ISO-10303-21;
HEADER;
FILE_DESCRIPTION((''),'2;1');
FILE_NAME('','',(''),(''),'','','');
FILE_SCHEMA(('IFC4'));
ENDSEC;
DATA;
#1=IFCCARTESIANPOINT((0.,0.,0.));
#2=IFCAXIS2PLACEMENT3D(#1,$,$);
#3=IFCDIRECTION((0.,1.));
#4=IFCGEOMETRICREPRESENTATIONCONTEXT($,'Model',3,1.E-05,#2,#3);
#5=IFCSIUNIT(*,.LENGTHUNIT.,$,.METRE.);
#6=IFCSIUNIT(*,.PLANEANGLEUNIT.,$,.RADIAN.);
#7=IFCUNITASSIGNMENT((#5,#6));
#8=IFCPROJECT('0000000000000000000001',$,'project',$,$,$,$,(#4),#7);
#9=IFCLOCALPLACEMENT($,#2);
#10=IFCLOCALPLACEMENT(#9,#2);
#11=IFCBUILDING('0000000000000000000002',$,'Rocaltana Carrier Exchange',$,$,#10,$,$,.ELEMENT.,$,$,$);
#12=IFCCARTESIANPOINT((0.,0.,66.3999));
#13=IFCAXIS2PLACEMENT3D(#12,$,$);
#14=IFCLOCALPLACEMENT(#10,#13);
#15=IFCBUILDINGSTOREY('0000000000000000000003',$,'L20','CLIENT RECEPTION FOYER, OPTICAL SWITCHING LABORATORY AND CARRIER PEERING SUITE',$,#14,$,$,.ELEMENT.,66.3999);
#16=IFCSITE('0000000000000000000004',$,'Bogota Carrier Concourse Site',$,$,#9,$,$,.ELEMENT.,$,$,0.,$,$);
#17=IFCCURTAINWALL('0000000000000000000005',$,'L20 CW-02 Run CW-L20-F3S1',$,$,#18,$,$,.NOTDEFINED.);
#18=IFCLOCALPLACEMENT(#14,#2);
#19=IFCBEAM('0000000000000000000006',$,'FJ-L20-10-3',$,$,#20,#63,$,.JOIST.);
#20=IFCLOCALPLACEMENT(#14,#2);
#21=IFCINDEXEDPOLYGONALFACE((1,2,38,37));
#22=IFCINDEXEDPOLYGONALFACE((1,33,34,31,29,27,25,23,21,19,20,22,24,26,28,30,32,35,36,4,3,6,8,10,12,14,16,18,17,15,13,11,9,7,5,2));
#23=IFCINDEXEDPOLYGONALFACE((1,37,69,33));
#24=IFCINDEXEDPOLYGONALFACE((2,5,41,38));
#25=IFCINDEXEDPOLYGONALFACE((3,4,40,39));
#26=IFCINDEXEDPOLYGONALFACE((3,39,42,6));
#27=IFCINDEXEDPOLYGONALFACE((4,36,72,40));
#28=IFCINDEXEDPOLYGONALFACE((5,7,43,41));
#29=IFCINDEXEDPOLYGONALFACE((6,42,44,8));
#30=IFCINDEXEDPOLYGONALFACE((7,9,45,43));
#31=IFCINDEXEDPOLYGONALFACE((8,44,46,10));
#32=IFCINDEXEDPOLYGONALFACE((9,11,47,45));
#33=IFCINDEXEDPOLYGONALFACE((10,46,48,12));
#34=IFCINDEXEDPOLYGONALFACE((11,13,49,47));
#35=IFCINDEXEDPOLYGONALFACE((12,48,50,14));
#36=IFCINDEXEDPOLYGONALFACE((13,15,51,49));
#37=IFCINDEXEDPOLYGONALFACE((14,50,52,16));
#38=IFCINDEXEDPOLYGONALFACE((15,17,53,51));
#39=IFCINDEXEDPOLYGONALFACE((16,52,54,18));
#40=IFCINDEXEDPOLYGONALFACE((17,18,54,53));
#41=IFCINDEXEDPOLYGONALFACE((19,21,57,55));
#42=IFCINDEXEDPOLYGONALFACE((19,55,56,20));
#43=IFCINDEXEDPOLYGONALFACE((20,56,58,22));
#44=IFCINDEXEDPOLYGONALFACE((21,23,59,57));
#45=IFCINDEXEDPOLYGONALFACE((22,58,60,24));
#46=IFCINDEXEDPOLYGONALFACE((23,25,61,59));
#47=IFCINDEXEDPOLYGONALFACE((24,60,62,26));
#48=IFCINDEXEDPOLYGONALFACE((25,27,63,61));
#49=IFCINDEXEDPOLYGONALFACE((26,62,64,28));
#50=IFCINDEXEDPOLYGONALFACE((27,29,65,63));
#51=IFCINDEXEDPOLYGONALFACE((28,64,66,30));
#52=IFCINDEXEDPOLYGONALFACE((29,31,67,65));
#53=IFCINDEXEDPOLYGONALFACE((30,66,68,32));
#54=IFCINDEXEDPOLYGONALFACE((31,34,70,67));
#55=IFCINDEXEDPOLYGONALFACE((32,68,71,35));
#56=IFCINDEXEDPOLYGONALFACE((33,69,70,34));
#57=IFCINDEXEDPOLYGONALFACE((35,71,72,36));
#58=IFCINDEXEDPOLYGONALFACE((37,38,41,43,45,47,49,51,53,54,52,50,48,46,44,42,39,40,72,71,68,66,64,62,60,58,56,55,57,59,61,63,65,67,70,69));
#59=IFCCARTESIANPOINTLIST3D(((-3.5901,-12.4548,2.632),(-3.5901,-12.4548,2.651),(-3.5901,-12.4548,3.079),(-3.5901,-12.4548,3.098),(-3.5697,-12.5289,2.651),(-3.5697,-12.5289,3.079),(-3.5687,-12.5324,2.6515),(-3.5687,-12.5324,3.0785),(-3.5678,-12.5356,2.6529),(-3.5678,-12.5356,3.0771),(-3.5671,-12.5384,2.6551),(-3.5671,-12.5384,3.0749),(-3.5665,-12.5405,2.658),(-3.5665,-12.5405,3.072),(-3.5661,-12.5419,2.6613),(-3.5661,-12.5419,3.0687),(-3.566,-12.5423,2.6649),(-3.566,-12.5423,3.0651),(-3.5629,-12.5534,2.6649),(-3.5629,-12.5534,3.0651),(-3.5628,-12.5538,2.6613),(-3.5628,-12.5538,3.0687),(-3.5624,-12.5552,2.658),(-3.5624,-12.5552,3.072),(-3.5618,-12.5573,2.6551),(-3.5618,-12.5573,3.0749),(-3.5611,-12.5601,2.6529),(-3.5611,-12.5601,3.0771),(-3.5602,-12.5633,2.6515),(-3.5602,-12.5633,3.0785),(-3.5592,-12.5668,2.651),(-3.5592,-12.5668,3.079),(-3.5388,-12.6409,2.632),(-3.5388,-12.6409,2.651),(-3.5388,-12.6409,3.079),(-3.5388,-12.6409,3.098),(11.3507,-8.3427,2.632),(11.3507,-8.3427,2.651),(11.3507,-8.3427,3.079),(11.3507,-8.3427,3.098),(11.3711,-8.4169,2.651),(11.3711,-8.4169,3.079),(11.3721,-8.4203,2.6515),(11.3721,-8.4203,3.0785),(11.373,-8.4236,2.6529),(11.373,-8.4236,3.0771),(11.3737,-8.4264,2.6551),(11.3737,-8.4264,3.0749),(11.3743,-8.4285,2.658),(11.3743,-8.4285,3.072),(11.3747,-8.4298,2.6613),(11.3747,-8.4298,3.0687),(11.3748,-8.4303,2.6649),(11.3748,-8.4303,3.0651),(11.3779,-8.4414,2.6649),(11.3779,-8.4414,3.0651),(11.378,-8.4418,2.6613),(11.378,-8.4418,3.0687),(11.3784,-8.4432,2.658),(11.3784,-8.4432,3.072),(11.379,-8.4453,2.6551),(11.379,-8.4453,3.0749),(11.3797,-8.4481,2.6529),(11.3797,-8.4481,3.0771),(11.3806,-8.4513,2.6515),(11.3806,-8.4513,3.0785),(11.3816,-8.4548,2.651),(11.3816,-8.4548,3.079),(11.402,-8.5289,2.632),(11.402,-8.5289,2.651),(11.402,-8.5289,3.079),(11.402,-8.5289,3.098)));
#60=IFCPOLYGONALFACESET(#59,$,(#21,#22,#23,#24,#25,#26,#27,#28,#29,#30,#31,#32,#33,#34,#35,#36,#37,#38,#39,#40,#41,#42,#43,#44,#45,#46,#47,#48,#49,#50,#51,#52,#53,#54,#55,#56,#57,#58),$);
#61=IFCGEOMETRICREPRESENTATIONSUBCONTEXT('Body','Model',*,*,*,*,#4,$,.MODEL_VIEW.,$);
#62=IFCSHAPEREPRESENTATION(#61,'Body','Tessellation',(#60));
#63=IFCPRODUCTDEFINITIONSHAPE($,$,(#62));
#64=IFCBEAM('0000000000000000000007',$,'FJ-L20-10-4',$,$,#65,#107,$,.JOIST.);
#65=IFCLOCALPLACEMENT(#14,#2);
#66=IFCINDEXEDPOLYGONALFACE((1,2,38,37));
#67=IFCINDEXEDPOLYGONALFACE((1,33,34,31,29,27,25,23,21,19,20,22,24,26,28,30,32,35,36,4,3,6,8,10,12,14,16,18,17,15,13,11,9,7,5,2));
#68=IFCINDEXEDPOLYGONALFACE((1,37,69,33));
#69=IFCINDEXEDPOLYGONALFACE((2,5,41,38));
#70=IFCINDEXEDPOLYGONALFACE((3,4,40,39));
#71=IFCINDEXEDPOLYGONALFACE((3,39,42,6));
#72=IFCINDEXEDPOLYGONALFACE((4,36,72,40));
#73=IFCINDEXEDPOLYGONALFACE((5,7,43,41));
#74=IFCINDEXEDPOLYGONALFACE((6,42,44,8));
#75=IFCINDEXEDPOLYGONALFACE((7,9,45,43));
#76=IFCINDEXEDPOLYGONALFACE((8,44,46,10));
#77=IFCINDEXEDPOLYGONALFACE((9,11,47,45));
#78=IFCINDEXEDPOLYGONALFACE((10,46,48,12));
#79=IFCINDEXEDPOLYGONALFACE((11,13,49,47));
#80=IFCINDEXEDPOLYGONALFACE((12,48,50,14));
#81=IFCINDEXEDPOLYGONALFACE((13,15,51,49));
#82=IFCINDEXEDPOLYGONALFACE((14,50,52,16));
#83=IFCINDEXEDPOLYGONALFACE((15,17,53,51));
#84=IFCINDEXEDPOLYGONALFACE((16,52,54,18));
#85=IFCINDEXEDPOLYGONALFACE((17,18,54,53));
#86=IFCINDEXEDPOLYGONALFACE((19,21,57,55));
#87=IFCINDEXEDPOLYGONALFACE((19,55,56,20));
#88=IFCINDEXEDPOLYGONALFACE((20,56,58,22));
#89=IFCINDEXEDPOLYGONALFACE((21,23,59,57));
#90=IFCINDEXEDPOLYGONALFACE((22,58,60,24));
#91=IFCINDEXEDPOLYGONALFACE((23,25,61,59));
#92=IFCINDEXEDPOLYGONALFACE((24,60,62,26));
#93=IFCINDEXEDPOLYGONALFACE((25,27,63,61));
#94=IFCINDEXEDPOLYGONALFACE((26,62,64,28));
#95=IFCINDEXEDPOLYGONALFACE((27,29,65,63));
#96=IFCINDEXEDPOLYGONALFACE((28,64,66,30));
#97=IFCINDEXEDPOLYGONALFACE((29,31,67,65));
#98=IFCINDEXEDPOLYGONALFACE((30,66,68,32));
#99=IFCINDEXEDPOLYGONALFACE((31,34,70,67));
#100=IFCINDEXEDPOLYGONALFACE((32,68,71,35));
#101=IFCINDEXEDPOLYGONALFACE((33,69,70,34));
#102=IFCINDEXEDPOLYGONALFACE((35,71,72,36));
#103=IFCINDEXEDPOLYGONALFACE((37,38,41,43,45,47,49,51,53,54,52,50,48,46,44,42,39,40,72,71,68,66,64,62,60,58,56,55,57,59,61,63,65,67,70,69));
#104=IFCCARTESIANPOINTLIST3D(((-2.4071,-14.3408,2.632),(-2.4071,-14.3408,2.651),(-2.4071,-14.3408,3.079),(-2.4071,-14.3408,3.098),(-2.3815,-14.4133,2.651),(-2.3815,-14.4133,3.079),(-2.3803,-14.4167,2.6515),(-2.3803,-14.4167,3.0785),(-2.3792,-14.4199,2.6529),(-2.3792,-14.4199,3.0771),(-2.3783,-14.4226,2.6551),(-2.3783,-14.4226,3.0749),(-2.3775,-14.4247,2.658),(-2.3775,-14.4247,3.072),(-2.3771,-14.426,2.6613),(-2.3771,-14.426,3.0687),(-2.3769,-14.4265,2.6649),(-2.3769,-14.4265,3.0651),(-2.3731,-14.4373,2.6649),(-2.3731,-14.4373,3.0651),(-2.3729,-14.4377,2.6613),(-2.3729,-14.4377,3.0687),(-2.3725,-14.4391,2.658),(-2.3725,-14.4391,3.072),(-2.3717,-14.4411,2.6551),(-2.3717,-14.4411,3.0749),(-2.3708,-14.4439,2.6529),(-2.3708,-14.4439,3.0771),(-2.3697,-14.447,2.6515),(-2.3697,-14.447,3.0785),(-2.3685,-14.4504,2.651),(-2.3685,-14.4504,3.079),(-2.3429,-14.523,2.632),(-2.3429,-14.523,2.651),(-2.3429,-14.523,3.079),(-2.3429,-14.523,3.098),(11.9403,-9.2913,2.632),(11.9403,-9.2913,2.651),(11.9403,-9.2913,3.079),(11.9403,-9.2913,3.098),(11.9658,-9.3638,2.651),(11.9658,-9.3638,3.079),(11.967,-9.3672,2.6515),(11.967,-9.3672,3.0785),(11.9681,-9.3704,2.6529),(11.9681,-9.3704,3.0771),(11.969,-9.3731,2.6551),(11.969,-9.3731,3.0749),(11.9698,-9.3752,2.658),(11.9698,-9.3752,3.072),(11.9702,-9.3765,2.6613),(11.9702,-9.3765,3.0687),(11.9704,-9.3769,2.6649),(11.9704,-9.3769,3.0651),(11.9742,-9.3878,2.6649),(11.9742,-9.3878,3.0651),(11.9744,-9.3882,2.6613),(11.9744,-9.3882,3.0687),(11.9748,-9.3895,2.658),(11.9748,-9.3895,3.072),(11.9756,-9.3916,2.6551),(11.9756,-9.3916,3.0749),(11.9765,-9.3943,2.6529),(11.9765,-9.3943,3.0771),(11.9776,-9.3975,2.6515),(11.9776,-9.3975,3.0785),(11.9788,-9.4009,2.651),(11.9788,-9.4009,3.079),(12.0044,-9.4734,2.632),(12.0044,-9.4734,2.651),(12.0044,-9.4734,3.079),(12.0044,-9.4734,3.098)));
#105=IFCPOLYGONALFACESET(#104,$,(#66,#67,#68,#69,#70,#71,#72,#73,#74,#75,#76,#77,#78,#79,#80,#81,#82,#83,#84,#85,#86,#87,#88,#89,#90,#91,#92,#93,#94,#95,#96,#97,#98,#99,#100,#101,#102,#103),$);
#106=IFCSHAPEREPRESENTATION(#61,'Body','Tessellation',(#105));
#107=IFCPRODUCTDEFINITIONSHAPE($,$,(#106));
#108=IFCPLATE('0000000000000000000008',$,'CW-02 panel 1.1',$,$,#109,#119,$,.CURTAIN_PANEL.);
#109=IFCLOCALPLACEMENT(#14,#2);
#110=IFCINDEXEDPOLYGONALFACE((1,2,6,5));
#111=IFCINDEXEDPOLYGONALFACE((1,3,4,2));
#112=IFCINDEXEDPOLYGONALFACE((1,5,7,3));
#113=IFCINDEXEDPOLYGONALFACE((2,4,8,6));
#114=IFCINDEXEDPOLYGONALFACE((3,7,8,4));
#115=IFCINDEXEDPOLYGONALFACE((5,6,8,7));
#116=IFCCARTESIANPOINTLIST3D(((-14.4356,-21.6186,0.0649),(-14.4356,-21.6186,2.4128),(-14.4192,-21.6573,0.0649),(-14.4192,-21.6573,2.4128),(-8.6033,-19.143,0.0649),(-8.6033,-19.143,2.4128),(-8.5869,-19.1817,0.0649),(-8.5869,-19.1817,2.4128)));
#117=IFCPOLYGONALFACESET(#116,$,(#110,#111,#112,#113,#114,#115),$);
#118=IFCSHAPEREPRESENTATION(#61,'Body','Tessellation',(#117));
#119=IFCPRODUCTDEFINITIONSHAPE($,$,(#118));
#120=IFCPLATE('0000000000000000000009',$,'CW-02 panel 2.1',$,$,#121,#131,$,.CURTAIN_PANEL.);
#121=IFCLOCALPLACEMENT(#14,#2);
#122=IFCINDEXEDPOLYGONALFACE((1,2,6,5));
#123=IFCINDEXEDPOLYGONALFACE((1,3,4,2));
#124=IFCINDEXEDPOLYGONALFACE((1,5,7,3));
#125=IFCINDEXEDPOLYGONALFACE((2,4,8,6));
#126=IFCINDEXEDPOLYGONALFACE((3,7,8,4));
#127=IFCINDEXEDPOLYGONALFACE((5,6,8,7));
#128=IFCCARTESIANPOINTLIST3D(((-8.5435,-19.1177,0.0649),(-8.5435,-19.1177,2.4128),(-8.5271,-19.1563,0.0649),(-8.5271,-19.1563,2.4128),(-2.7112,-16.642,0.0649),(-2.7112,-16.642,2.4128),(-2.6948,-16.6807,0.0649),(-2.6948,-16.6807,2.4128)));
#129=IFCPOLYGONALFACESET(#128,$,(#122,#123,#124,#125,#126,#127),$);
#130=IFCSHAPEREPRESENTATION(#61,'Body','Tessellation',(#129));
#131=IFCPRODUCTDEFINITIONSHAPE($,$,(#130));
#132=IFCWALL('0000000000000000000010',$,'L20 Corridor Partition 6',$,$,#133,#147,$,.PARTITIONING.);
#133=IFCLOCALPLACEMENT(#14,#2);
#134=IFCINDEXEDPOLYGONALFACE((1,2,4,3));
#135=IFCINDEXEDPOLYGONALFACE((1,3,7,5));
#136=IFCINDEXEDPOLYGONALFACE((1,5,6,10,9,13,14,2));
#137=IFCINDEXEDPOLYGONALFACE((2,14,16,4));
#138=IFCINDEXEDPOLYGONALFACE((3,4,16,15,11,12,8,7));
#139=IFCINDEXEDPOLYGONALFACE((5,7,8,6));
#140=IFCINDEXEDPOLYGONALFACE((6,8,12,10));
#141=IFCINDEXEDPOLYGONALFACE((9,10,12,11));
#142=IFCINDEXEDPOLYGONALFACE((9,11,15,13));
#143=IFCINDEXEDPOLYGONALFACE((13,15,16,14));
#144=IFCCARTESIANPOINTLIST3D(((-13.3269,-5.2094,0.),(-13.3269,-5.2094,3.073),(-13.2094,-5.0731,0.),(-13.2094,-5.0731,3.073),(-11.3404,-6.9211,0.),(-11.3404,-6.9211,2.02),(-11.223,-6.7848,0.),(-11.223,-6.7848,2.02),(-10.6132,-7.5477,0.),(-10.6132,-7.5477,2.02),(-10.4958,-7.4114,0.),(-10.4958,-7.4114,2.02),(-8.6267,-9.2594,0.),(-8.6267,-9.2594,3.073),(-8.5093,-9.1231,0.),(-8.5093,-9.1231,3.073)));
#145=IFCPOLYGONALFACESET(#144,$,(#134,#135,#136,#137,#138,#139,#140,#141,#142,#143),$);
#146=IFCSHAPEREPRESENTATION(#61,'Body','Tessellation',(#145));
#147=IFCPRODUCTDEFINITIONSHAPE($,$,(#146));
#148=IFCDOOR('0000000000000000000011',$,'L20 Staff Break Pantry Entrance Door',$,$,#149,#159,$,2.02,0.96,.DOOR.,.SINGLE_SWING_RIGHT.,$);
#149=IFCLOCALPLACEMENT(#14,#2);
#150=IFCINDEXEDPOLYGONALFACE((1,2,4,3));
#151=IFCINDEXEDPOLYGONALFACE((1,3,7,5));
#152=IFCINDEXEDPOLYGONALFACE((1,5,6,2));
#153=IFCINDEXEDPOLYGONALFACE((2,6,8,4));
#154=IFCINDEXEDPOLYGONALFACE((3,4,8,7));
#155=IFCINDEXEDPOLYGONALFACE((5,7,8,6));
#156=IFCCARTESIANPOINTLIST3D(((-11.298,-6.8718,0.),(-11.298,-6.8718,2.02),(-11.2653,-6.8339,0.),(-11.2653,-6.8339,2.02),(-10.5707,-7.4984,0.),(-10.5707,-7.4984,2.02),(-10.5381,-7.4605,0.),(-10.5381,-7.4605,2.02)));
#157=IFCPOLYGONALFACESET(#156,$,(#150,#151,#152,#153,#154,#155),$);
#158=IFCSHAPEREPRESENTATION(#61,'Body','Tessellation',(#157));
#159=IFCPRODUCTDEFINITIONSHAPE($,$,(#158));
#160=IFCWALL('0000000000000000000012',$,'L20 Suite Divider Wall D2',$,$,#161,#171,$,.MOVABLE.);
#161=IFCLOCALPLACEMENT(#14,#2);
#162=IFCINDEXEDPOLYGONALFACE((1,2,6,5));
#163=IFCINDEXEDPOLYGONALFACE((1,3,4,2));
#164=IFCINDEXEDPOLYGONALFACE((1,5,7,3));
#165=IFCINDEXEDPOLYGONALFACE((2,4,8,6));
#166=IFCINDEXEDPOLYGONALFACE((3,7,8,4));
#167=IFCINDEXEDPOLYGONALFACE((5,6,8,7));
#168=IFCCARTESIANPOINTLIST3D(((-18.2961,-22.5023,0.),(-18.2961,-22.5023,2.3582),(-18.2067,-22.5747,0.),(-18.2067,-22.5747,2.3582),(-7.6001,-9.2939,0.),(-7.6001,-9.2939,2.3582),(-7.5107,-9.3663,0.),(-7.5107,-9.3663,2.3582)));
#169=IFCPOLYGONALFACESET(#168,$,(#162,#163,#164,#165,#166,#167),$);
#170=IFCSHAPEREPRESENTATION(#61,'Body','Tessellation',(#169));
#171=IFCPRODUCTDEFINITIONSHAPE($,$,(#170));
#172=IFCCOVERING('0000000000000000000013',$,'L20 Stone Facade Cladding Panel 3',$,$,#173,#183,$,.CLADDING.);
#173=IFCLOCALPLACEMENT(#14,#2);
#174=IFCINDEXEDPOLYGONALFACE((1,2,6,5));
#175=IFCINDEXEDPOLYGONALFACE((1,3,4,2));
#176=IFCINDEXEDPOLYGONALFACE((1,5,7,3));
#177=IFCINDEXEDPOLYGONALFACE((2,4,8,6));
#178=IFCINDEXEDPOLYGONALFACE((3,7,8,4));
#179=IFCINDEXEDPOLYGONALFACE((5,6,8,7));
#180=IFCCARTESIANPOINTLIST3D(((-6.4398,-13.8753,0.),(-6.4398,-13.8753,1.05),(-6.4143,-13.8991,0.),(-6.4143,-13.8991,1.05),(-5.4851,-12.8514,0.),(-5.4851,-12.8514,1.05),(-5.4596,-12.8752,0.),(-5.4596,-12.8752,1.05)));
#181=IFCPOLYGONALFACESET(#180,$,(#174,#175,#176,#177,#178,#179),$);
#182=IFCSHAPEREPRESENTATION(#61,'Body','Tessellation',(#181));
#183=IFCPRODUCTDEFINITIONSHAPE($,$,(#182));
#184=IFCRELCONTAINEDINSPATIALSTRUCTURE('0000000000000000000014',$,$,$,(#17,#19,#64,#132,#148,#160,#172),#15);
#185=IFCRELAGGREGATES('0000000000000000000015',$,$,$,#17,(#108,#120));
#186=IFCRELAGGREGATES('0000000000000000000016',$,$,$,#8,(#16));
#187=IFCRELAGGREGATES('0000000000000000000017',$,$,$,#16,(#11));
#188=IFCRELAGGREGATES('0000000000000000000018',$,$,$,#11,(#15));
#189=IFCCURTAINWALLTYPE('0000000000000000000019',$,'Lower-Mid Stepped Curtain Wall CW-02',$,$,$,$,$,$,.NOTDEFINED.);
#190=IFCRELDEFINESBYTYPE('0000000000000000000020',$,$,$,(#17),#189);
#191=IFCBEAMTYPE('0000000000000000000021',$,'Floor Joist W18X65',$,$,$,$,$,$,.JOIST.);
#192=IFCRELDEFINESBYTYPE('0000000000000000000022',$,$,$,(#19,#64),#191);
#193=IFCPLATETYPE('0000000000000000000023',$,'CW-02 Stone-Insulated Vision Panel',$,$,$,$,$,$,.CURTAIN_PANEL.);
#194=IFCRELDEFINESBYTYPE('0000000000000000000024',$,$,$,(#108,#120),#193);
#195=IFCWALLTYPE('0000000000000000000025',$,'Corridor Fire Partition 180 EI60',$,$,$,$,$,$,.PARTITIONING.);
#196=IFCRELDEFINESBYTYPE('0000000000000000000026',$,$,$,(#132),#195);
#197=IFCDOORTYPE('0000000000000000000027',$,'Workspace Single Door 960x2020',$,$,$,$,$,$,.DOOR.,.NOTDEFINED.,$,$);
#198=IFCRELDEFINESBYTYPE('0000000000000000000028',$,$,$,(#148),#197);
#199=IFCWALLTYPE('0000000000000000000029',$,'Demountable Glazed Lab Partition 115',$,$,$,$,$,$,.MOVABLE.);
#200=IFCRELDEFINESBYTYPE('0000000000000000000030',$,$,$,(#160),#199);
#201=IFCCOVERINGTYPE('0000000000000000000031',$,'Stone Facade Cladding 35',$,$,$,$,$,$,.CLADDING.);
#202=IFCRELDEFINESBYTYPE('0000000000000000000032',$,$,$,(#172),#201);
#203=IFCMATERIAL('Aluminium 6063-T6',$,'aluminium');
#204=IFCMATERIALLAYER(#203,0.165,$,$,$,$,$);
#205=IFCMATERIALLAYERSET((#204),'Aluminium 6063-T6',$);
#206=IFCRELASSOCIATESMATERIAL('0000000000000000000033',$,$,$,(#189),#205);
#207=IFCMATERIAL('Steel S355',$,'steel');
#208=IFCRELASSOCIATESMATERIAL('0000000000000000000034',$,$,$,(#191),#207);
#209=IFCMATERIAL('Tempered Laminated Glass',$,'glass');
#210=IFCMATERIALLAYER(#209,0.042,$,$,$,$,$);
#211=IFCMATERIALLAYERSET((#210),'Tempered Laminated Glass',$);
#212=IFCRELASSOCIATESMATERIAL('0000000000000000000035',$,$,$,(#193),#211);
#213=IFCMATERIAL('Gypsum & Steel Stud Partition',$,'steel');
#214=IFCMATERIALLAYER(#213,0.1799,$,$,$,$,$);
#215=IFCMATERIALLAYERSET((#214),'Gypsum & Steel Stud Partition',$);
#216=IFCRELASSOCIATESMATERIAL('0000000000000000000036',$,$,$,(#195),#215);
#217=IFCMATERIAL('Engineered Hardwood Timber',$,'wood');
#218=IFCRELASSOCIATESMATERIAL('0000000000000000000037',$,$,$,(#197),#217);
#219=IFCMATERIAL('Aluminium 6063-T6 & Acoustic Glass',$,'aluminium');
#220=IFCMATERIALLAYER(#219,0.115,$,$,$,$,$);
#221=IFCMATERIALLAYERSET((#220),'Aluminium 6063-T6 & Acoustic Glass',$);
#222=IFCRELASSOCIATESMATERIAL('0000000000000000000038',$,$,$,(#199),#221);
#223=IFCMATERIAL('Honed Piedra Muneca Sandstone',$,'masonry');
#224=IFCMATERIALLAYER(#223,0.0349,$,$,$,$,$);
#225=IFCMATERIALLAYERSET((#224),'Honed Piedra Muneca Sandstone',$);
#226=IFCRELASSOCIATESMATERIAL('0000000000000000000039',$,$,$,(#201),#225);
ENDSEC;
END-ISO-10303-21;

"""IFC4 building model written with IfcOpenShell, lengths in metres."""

from ifc_helpers import new_model, si_unit, direction, frame, frame_2d, origin, origin_2d, place, context, subcontext, project, spatial, rectangle, i_section, extrude, material, layer, layer_set, material_profile, profile_set, type_object, element, fill, aggregate, save


model = new_model("IFC4")

# Units and contexts
model_context = context("Model", 3, precision=1e-05, world=origin(), true_north=direction((0.0, 1.0)))
body_context = subcontext(model_context, "Body", "Model", "MODEL_VIEW")
ifc_project = project(units=[si_unit("LENGTHUNIT", "METRE"), si_unit("PLANEANGLEUNIT", "RADIAN")], contexts=[model_context])

# Site, building, storey
site_placement = place(None, origin())
site = spatial("IfcSite", under=ifc_project, at=site_placement, Name="Bogota Carrier Concourse Site", CompositionType="ELEMENT", RefElevation=0.0)
building_placement = place(site_placement, origin())
building = spatial("IfcBuilding", under=site, at=building_placement, Name="Rocaltana Carrier Exchange", CompositionType="ELEMENT")
storey_placement = place(building_placement, frame((0.0, 0.0, 66.3999)))
storey = spatial("IfcBuildingStorey", under=building, at=storey_placement, Name="L20", Description="CLIENT RECEPTION FOYER, OPTICAL SWITCHING LABORATORY AND CARRIER PEERING SUITE", CompositionType="ELEMENT", Elevation=66.3999)

# Curtain wall
ifc_material_1 = material(Name="Aluminium 6063-T6", Category="aluminium")
ifc_layer_1 = layer(ifc_material_1, 0.165)
ifc_layer_set_1 = layer_set([ifc_layer_1], Name="Aluminium 6063-T6")
curtain_wall_type = type_object("IfcCurtainWallType", Name="Lower-Mid Stepped Curtain Wall CW-02", PredefinedType="NOTDEFINED", material=ifc_layer_set_1)
curtain_wall_placement = place(storey_placement, origin())
curtain_wall = element("IfcCurtainWall", 1, at=curtain_wall_placement, inside=storey, type_object=curtain_wall_type, Name="L20 CW-02 Run CW-L20-F3S1", PredefinedType="NOTDEFINED")

# Beams
ifc_material_2 = material(Name="Steel S355", Category="steel")
ifc_material_profile_1 = material_profile(ifc_material_2, i_section(OverallWidth=0.1931, OverallDepth=0.4661, WebThickness=0.0115, FlangeThickness=0.019, FilletRadius=0.0139, at=origin_2d()), Name="W18X65")
ifc_profile_set_1 = profile_set([ifc_material_profile_1], Name="Steel S355")
beam_type = type_object("IfcBeamType", Name="Floor Joist W18X65", PredefinedType="JOIST", material=ifc_profile_set_1)
beam_1_placement = place(storey_placement, frame((-3.5645, -12.5479, 2.865), z_axis=(0.964151, 0.265355, 0.0), x_axis=(-0.265355, 0.964151, 0.0)))
element("IfcBeam", 2, at=beam_1_placement, inside=storey, type_object=beam_type, Name="FJ-L20-10-3", PredefinedType="JOIST", context=body_context, shape_type="SweptSolid", body=[
    extrude(i_section(OverallWidth=0.1931, OverallDepth=0.4661, WebThickness=0.0115, FlangeThickness=0.019, FilletRadius=0.0139, at=origin_2d()), origin(), (0.0, 0.0, 1.0), 15.4963),
])
beam_2_placement = place(storey_placement, frame((-2.375, -14.4319, 2.865), z_axis=(0.943284, 0.331988, 0.0), x_axis=(-0.331988, 0.943284, 0.0)))
element("IfcBeam", 3, at=beam_2_placement, inside=storey, type_object=beam_type, Name="FJ-L20-10-4", PredefinedType="JOIST", context=body_context, shape_type="SweptSolid", body=[
    extrude(i_section(OverallWidth=0.1931, OverallDepth=0.4661, WebThickness=0.0115, FlangeThickness=0.019, FilletRadius=0.0139, at=origin_2d()), origin(), (0.0, 0.0, 1.0), 15.21),
])

# Plates
ifc_material_3 = material(Name="Tempered Laminated Glass", Category="glass")
ifc_layer_2 = layer(ifc_material_3, 0.042)
ifc_layer_set_2 = layer_set([ifc_layer_2], Name="Tempered Laminated Glass")
plate_type = type_object("IfcPlateType", Name="CW-02 Stone-Insulated Vision Panel", PredefinedType="CURTAIN_PANEL", material=ifc_layer_set_2)
plate_1_placement = place(storey_placement, frame((-11.5112, -20.4001, 0.0649), z_axis=(0.0, 0.0, 1.0), x_axis=(0.920506, 0.390729, 0.0)))
plate_1 = element("IfcPlate", 4, at=plate_1_placement, type_object=plate_type, Name="CW-02 panel 1.1", PredefinedType="CURTAIN_PANEL", context=body_context, shape_type="SweptSolid", body=[
    extrude(rectangle(XDim=6.3359, YDim=0.042, at=origin_2d()), origin(), (0.0, 0.0, 1.0), 2.3479),
])
plate_2_placement = place(storey_placement, frame((-5.6191, -17.8992, 0.0649), z_axis=(0.0, 0.0, 1.0), x_axis=(0.920506, 0.390729, 0.0)))
plate_2 = element("IfcPlate", 5, at=plate_2_placement, type_object=plate_type, Name="CW-02 panel 2.1", PredefinedType="CURTAIN_PANEL", context=body_context, shape_type="SweptSolid", body=[
    extrude(rectangle(XDim=6.3359, YDim=0.042, at=origin_2d()), origin(), (0.0, 0.0, 1.0), 2.3479),
])
aggregate(curtain_wall, [plate_1, plate_2])

# Wall, opening, door
ifc_material_4 = material(Name="Gypsum & Steel Stud Partition", Category="steel")
ifc_layer_3 = layer(ifc_material_4, 0.1799)
ifc_layer_set_3 = layer_set([ifc_layer_3], Name="Gypsum & Steel Stud Partition")
wall_type_1 = type_object("IfcWallType", Name="Corridor Fire Partition 180 EI60", PredefinedType="PARTITIONING", material=ifc_layer_set_3)
wall_1_placement = place(storey_placement, frame((-8.5681, -9.1912, 0.0), z_axis=(0.0, 0.0, 1.0), x_axis=(-0.757557, 0.652769, 0.0)))
wall_1 = element("IfcWall", 6, at=wall_1_placement, inside=storey, type_object=wall_type_1, Name="L20 Corridor Partition 6", PredefinedType="PARTITIONING", context=body_context, shape_type="SweptSolid", body=[
    extrude(rectangle(XDim=6.2043, YDim=0.1799, at=frame_2d((3.1021, 0.0))), origin(), (0.0, 0.0, 1.0), 3.073),
])
opening_placement = place(wall_1_placement, frame((2.6221, 0.0, 0.0)))
opening = element("IfcOpeningElement", 7, at=opening_placement, cuts=wall_1, PredefinedType="OPENING", context=body_context, shape_type="SweptSolid", body=[
    extrude(rectangle(XDim=0.96, YDim=2.02, at=frame_2d((0.48, 1.01))), frame((0.0, 0.0999, 0.0), z_axis=(0.0, -1.0, 0.0), x_axis=(1.0, 0.0, 0.0)), (0.0, 0.0, 1.0), 0.2),
])
ifc_material_5 = material(Name="Engineered Hardwood Timber", Category="wood")
door_type = type_object("IfcDoorType", Name="Workspace Single Door 960x2020", OperationType="NOTDEFINED", PredefinedType="DOOR", material=ifc_material_5)
door_placement = place(opening_placement, origin())
door = element("IfcDoor", 8, at=door_placement, inside=storey, type_object=door_type, Name="L20 Staff Break Pantry Entrance Door", OperationType="SINGLE_SWING_RIGHT", OverallHeight=2.02, OverallWidth=0.96, PredefinedType="DOOR", context=body_context, shape_type="SweptSolid", body=[
    extrude(rectangle(XDim=0.96, YDim=2.02, at=frame_2d((0.48, 1.01))), frame((0.0, 0.0249, 0.0), z_axis=(0.0, -1.0, 0.0), x_axis=(1.0, 0.0, 0.0)), (0.0, 0.0, 1.0), 0.05),
])
fill(opening, door)

# Wall
ifc_material_6 = material(Name="Aluminium 6063-T6 & Acoustic Glass", Category="aluminium")
ifc_layer_4 = layer(ifc_material_6, 0.115)
ifc_layer_set_4 = layer_set([ifc_layer_4], Name="Aluminium 6063-T6 & Acoustic Glass")
wall_type_2 = type_object("IfcWallType", Name="Demountable Glazed Lab Partition 115", PredefinedType="MOVABLE", material=ifc_layer_set_4)
wall_2_placement = place(storey_placement, frame((-7.5554, -9.3301, 0.0), z_axis=(0.0, 0.0, 1.0), x_axis=(-0.629321, -0.777146, 0.0)))
element("IfcWall", 9, at=wall_2_placement, inside=storey, type_object=wall_type_2, Name="L20 Suite Divider Wall D2", PredefinedType="MOVABLE", context=body_context, shape_type="SweptSolid", body=[
    extrude(rectangle(XDim=16.9961, YDim=0.115, at=frame_2d((8.498, 0.0))), origin(), (0.0, 0.0, 1.0), 2.3582),
])

# Covering
ifc_material_7 = material(Name="Honed Piedra Muneca Sandstone", Category="masonry")
ifc_layer_5 = layer(ifc_material_7, 0.0349)
ifc_layer_set_5 = layer_set([ifc_layer_5], Name="Honed Piedra Muneca Sandstone")
covering_type = type_object("IfcCoveringType", Name="Stone Facade Cladding 35", PredefinedType="CLADDING", material=ifc_layer_set_5)
covering_placement = place(storey_placement, frame((-5.9497, -13.3752, 0.0), z_axis=(0.0, 0.0, 1.0), x_axis=(0.681998, 0.731354, 0.0)))
element("IfcCovering", 10, at=covering_placement, inside=storey, type_object=covering_type, Name="L20 Stone Facade Cladding Panel 3", PredefinedType="CLADDING", context=body_context, shape_type="SweptSolid", body=[
    extrude(rectangle(XDim=1.3999, YDim=0.0349, at=origin_2d()), origin(), (0.0, 0.0, 1.0), 1.05),
])

save(model, "model.ifc")
